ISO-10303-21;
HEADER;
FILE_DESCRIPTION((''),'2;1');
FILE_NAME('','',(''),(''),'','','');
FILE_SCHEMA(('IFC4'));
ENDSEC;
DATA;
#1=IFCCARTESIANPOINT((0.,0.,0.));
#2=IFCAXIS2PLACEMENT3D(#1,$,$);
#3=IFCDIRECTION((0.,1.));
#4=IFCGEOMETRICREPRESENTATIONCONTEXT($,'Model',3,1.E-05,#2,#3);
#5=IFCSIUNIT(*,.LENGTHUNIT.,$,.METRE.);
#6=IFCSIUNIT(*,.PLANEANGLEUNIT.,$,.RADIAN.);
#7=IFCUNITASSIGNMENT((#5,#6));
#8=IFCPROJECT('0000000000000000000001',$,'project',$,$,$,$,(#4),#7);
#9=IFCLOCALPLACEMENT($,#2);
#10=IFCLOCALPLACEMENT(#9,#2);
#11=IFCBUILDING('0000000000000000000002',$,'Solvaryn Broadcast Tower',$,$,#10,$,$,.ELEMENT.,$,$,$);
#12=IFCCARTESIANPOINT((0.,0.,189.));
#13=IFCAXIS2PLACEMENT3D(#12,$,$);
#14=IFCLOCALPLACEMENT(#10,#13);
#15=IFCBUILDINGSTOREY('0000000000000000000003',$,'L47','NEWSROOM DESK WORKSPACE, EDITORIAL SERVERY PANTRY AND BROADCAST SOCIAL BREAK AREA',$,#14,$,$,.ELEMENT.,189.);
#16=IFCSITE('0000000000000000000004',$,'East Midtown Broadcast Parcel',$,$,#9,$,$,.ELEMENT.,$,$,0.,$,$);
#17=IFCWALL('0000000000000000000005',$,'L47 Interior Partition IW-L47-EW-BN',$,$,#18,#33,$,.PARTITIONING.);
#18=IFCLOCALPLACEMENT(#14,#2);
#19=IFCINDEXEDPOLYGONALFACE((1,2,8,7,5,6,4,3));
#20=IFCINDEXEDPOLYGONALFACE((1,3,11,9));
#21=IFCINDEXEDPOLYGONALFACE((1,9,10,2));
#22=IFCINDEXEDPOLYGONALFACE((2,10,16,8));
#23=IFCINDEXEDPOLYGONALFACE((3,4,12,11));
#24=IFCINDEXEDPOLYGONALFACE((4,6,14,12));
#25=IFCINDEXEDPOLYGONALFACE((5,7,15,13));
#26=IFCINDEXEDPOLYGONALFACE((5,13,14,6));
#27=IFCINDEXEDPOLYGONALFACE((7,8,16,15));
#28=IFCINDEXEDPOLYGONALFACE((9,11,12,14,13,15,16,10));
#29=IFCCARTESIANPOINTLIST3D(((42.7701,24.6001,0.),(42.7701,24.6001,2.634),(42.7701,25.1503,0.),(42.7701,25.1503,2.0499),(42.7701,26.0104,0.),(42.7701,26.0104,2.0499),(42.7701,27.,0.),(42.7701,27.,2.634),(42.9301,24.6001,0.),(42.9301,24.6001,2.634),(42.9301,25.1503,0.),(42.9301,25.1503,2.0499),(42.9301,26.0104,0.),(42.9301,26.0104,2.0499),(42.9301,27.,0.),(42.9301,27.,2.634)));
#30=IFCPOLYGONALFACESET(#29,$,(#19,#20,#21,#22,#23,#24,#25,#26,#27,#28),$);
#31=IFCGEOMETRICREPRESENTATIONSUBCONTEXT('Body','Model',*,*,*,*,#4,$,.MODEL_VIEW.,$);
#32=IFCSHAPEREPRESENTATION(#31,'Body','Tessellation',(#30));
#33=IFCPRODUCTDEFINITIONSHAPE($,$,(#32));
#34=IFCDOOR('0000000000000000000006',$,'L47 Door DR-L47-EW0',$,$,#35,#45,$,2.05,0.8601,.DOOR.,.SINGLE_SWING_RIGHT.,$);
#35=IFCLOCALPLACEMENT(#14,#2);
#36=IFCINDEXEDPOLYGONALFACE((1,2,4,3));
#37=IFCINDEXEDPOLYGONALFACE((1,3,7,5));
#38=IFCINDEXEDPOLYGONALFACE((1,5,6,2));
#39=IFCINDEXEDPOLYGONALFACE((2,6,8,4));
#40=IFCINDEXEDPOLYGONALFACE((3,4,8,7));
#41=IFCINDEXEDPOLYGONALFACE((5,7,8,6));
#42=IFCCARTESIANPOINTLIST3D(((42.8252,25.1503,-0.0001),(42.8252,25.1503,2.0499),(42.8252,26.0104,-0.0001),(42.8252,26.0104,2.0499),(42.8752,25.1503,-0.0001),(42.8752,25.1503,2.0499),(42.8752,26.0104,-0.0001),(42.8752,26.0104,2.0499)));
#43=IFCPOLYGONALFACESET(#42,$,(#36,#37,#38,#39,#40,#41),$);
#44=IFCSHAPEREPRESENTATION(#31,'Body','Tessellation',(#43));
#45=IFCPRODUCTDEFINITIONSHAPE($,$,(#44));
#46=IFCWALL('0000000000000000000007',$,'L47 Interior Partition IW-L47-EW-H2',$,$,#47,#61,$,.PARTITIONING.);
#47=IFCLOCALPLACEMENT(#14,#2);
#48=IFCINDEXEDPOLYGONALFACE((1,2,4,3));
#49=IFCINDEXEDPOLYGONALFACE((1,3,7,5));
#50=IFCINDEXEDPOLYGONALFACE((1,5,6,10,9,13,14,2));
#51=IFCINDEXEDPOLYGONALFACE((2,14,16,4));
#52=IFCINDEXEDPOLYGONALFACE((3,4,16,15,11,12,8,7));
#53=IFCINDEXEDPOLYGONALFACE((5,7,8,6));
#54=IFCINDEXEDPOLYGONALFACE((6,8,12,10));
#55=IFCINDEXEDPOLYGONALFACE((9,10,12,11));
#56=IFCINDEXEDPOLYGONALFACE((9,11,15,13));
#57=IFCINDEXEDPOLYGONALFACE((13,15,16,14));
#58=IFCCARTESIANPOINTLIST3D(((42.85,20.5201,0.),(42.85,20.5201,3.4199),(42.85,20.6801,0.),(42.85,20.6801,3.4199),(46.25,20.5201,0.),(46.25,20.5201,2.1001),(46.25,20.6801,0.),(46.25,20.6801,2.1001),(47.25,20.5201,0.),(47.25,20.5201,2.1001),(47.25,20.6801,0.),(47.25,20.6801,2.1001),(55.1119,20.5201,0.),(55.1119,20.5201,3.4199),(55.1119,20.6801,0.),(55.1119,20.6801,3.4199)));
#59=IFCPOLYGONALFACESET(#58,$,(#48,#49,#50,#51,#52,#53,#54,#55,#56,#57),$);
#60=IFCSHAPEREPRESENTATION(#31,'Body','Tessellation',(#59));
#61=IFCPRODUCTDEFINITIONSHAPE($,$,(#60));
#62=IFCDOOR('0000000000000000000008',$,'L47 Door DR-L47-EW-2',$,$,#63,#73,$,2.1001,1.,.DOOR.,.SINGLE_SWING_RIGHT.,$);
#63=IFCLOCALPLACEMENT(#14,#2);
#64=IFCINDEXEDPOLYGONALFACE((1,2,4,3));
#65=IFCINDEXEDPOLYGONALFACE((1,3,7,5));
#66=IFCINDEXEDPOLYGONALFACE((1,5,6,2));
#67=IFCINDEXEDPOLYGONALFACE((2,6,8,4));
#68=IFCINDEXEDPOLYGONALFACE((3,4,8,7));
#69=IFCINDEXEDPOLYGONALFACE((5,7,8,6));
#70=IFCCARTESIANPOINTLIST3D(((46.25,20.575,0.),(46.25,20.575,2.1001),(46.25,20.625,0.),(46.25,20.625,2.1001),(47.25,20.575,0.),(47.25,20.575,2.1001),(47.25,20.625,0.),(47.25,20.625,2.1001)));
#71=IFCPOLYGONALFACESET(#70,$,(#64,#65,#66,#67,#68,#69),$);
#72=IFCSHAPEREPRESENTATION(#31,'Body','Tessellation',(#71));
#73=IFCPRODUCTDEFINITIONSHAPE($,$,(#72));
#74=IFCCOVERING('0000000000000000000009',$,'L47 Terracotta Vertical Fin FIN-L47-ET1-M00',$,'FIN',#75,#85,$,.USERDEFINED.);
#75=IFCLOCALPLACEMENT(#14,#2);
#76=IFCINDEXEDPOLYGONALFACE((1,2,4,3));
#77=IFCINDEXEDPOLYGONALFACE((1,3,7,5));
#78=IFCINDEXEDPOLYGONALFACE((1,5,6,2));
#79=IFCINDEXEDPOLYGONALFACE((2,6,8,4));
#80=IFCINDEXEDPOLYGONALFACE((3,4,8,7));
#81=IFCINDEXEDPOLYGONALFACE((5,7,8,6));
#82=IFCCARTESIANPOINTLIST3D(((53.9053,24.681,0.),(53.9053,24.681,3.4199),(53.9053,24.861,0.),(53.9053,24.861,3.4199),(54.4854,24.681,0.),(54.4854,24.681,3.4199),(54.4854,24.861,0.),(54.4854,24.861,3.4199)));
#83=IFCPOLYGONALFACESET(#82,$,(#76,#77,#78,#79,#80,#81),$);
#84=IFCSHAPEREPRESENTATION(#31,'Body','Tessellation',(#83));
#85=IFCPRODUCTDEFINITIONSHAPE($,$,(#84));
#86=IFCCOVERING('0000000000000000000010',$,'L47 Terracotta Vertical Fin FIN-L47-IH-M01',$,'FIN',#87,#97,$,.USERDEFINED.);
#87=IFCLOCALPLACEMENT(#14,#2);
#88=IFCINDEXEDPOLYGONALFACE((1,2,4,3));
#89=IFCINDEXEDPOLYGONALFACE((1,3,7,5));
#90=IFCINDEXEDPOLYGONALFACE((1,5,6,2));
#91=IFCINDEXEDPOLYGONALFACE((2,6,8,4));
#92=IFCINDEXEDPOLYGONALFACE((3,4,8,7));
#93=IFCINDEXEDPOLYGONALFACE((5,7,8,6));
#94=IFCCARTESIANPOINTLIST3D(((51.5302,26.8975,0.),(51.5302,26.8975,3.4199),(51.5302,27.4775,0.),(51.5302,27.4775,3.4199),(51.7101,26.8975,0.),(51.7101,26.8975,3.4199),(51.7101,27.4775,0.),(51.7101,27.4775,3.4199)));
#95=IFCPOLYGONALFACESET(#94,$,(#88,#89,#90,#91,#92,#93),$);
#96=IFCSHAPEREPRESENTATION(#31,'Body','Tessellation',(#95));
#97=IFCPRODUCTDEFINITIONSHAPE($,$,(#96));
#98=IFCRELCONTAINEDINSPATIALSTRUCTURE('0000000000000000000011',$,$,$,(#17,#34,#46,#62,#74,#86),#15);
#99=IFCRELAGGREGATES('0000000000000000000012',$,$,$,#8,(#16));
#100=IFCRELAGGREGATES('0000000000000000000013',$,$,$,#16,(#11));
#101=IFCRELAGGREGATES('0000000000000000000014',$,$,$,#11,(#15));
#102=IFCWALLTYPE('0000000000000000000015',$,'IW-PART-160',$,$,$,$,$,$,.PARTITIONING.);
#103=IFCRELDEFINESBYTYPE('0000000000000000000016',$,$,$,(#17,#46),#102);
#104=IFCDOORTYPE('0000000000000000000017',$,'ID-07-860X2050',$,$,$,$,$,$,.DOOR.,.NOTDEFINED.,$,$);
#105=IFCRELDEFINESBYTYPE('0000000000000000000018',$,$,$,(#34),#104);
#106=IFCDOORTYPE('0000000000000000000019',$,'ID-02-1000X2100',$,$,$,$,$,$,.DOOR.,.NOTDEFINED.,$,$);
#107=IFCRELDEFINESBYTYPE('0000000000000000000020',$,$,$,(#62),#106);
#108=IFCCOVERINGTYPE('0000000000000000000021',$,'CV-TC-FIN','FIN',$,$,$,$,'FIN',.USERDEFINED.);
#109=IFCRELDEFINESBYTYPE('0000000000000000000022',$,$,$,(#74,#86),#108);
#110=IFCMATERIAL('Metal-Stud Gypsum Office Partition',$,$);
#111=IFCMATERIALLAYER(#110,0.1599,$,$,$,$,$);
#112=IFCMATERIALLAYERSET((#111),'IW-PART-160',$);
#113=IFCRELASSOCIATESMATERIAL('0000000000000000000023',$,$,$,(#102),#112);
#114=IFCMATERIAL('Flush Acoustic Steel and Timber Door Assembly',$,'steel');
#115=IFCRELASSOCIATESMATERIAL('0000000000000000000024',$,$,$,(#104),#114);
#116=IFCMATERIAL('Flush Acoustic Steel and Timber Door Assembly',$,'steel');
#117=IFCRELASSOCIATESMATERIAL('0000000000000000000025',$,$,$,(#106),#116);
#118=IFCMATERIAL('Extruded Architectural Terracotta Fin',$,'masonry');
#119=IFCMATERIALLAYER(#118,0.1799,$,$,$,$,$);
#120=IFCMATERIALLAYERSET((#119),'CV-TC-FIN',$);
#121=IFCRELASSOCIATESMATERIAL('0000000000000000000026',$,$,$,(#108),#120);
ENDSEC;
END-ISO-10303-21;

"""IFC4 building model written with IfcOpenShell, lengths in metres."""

from ifc_helpers import new_model, si_unit, direction, frame, frame_2d, origin, origin_2d, place, context, subcontext, project, spatial, rectangle, extrude, material, layer, layer_set, type_object, element, fill, save


model = new_model("IFC4")

# Units and contexts
model_context = context("Model", 3, precision=1e-05, world=origin(), true_north=direction((0.0, 1.0)))
body_context = subcontext(model_context, "Body", "Model", "MODEL_VIEW")
ifc_project = project(units=[si_unit("LENGTHUNIT", "METRE"), si_unit("PLANEANGLEUNIT", "RADIAN")], contexts=[model_context])

# Site, building, storey
site_placement = place(None, origin())
site = spatial("IfcSite", under=ifc_project, at=site_placement, Name="East Midtown Broadcast Parcel", CompositionType="ELEMENT", RefElevation=0.0)
building_placement = place(site_placement, origin())
building = spatial("IfcBuilding", under=site, at=building_placement, Name="Solvaryn Broadcast Tower", CompositionType="ELEMENT")
storey_placement = place(building_placement, frame((0.0, 0.0, 189.0)))
storey = spatial("IfcBuildingStorey", under=building, at=storey_placement, Name="L47", Description="NEWSROOM DESK WORKSPACE, EDITORIAL SERVERY PANTRY AND BROADCAST SOCIAL BREAK AREA", CompositionType="ELEMENT", Elevation=189.0)

# Walls, openings, doors
ifc_material_1 = material(Name="Metal-Stud Gypsum Office Partition")
ifc_layer_1 = layer(ifc_material_1, 0.1599)
ifc_layer_set_1 = layer_set([ifc_layer_1], Name="IW-PART-160")
wall_type_1 = type_object("IfcWallType", Name="IW-PART-160", PredefinedType="PARTITIONING", material=ifc_layer_set_1)
wall_1_placement = place(storey_placement, frame((42.8501, 24.6001, 0.0), z_axis=(0.0, 0.0, 1.0), x_axis=(0.0, 1.0, 0.0)))
wall_1 = element("IfcWall", 1, at=wall_1_placement, inside=storey, type_object=wall_type_1, Name="L47 Interior Partition IW-L47-EW-BN", PredefinedType="PARTITIONING", context=body_context, shape_type="SweptSolid", body=[
    extrude(rectangle(XDim=2.3999, YDim=0.1599, at=frame_2d((1.2, 0.0))), origin(), (0.0, 0.0, 1.0), 2.634),
])
opening_1_placement = place(wall_1_placement, frame((0.55, 0.0, 0.0)))
opening_1 = element("IfcOpeningElement", 2, at=opening_1_placement, cuts=wall_1, PredefinedType="OPENING", context=body_context, shape_type="SweptSolid", body=[
    extrude(rectangle(XDim=0.8601, YDim=2.05, at=frame_2d((0.4302, 1.0249))), frame((0.0, 0.0901, 0.0), z_axis=(0.0, -1.0, 0.0), x_axis=(1.0, 0.0, 0.0)), (0.0, 0.0, 1.0), 0.1799),
])
ifc_material_2 = material(Name="Flush Acoustic Steel and Timber Door Assembly", Category="steel")
door_type_1 = type_object("IfcDoorType", Name="ID-07-860X2050", OperationType="NOTDEFINED", PredefinedType="DOOR", material=ifc_material_2)
door_1_placement = place(opening_1_placement, origin())
door_1 = element("IfcDoor", 3, at=door_1_placement, inside=storey, type_object=door_type_1, Name="L47 Door DR-L47-EW0", OperationType="SINGLE_SWING_RIGHT", OverallHeight=2.05, OverallWidth=0.8601, PredefinedType="DOOR", context=body_context, shape_type="SweptSolid", body=[
    extrude(rectangle(XDim=0.8601, YDim=2.05, at=frame_2d((0.4302, 1.0249))), frame((0.0, 0.0249, 0.0), z_axis=(0.0, -1.0, 0.0), x_axis=(1.0, 0.0, 0.0)), (0.0, 0.0, 1.0), 0.05),
])
fill(opening_1, door_1)
wall_2_placement = place(storey_placement, frame((42.8501, 20.6001, 0.0), z_axis=(0.0, 0.0, 1.0), x_axis=(1.0, 0.0, 0.0)))
wall_2 = element("IfcWall", 4, at=wall_2_placement, inside=storey, type_object=wall_type_1, Name="L47 Interior Partition IW-L47-EW-H2", PredefinedType="PARTITIONING", context=body_context, shape_type="SweptSolid", body=[
    extrude(rectangle(XDim=12.262, YDim=0.1599, at=frame_2d((6.1309, 0.0))), origin(), (0.0, 0.0, 1.0), 3.4199),
])
opening_2_placement = place(wall_2_placement, frame((3.3999, 0.0, 0.0)))
opening_2 = element("IfcOpeningElement", 5, at=opening_2_placement, cuts=wall_2, PredefinedType="OPENING", context=body_context, shape_type="SweptSolid", body=[
    extrude(rectangle(XDim=1.0, YDim=2.1001, at=frame_2d((0.5, 1.05))), frame((0.0, 0.0901, 0.0), z_axis=(0.0, -1.0, 0.0), x_axis=(1.0, 0.0, 0.0)), (0.0, 0.0, 1.0), 0.1799),
])
ifc_material_3 = material(Name="Flush Acoustic Steel and Timber Door Assembly", Category="steel")
door_type_2 = type_object("IfcDoorType", Name="ID-02-1000X2100", OperationType="NOTDEFINED", PredefinedType="DOOR", material=ifc_material_3)
door_2_placement = place(opening_2_placement, origin())
door_2 = element("IfcDoor", 6, at=door_2_placement, inside=storey, type_object=door_type_2, Name="L47 Door DR-L47-EW-2", OperationType="SINGLE_SWING_RIGHT", OverallHeight=2.1001, OverallWidth=1.0, PredefinedType="DOOR", context=body_context, shape_type="SweptSolid", body=[
    extrude(rectangle(XDim=1.0, YDim=2.1001, at=frame_2d((0.5, 1.05))), frame((0.0, 0.0249, 0.0), z_axis=(0.0, -1.0, 0.0), x_axis=(1.0, 0.0, 0.0)), (0.0, 0.0, 1.0), 0.05),
])
fill(opening_2, door_2)

# Coverings
ifc_material_4 = material(Name="Extruded Architectural Terracotta Fin", Category="masonry")
ifc_layer_2 = layer(ifc_material_4, 0.1799)
ifc_layer_set_2 = layer_set([ifc_layer_2], Name="CV-TC-FIN")
covering_type = type_object("IfcCoveringType", Name="CV-TC-FIN", Description="FIN", ElementType="FIN", PredefinedType="USERDEFINED", material=ifc_layer_set_2)
covering_1_placement = place(storey_placement, frame((54.1953, 24.771, 0.0), z_axis=(0.0, 0.0, 1.0), x_axis=(1.0, 0.0, 0.0)))
element("IfcCovering", 7, at=covering_1_placement, inside=storey, type_object=covering_type, Name="L47 Terracotta Vertical Fin FIN-L47-ET1-M00", ObjectType="FIN", PredefinedType="USERDEFINED", context=body_context, shape_type="SweptSolid", body=[
    extrude(rectangle(XDim=0.5801, YDim=0.1799, at=origin_2d()), origin(), (0.0, 0.0, 1.0), 3.4199),
])
covering_2_placement = place(storey_placement, frame((51.6201, 27.1875, 0.0), z_axis=(0.0, 0.0, 1.0), x_axis=(1.0, 0.0, 0.0)))
element("IfcCovering", 8, at=covering_2_placement, inside=storey, type_object=covering_type, Name="L47 Terracotta Vertical Fin FIN-L47-IH-M01", ObjectType="FIN", PredefinedType="USERDEFINED", context=body_context, shape_type="SweptSolid", body=[
    extrude(rectangle(XDim=0.1799, YDim=0.5801, at=origin_2d()), origin(), (0.0, 0.0, 1.0), 3.4199),
])

save(model, "model.ifc")
